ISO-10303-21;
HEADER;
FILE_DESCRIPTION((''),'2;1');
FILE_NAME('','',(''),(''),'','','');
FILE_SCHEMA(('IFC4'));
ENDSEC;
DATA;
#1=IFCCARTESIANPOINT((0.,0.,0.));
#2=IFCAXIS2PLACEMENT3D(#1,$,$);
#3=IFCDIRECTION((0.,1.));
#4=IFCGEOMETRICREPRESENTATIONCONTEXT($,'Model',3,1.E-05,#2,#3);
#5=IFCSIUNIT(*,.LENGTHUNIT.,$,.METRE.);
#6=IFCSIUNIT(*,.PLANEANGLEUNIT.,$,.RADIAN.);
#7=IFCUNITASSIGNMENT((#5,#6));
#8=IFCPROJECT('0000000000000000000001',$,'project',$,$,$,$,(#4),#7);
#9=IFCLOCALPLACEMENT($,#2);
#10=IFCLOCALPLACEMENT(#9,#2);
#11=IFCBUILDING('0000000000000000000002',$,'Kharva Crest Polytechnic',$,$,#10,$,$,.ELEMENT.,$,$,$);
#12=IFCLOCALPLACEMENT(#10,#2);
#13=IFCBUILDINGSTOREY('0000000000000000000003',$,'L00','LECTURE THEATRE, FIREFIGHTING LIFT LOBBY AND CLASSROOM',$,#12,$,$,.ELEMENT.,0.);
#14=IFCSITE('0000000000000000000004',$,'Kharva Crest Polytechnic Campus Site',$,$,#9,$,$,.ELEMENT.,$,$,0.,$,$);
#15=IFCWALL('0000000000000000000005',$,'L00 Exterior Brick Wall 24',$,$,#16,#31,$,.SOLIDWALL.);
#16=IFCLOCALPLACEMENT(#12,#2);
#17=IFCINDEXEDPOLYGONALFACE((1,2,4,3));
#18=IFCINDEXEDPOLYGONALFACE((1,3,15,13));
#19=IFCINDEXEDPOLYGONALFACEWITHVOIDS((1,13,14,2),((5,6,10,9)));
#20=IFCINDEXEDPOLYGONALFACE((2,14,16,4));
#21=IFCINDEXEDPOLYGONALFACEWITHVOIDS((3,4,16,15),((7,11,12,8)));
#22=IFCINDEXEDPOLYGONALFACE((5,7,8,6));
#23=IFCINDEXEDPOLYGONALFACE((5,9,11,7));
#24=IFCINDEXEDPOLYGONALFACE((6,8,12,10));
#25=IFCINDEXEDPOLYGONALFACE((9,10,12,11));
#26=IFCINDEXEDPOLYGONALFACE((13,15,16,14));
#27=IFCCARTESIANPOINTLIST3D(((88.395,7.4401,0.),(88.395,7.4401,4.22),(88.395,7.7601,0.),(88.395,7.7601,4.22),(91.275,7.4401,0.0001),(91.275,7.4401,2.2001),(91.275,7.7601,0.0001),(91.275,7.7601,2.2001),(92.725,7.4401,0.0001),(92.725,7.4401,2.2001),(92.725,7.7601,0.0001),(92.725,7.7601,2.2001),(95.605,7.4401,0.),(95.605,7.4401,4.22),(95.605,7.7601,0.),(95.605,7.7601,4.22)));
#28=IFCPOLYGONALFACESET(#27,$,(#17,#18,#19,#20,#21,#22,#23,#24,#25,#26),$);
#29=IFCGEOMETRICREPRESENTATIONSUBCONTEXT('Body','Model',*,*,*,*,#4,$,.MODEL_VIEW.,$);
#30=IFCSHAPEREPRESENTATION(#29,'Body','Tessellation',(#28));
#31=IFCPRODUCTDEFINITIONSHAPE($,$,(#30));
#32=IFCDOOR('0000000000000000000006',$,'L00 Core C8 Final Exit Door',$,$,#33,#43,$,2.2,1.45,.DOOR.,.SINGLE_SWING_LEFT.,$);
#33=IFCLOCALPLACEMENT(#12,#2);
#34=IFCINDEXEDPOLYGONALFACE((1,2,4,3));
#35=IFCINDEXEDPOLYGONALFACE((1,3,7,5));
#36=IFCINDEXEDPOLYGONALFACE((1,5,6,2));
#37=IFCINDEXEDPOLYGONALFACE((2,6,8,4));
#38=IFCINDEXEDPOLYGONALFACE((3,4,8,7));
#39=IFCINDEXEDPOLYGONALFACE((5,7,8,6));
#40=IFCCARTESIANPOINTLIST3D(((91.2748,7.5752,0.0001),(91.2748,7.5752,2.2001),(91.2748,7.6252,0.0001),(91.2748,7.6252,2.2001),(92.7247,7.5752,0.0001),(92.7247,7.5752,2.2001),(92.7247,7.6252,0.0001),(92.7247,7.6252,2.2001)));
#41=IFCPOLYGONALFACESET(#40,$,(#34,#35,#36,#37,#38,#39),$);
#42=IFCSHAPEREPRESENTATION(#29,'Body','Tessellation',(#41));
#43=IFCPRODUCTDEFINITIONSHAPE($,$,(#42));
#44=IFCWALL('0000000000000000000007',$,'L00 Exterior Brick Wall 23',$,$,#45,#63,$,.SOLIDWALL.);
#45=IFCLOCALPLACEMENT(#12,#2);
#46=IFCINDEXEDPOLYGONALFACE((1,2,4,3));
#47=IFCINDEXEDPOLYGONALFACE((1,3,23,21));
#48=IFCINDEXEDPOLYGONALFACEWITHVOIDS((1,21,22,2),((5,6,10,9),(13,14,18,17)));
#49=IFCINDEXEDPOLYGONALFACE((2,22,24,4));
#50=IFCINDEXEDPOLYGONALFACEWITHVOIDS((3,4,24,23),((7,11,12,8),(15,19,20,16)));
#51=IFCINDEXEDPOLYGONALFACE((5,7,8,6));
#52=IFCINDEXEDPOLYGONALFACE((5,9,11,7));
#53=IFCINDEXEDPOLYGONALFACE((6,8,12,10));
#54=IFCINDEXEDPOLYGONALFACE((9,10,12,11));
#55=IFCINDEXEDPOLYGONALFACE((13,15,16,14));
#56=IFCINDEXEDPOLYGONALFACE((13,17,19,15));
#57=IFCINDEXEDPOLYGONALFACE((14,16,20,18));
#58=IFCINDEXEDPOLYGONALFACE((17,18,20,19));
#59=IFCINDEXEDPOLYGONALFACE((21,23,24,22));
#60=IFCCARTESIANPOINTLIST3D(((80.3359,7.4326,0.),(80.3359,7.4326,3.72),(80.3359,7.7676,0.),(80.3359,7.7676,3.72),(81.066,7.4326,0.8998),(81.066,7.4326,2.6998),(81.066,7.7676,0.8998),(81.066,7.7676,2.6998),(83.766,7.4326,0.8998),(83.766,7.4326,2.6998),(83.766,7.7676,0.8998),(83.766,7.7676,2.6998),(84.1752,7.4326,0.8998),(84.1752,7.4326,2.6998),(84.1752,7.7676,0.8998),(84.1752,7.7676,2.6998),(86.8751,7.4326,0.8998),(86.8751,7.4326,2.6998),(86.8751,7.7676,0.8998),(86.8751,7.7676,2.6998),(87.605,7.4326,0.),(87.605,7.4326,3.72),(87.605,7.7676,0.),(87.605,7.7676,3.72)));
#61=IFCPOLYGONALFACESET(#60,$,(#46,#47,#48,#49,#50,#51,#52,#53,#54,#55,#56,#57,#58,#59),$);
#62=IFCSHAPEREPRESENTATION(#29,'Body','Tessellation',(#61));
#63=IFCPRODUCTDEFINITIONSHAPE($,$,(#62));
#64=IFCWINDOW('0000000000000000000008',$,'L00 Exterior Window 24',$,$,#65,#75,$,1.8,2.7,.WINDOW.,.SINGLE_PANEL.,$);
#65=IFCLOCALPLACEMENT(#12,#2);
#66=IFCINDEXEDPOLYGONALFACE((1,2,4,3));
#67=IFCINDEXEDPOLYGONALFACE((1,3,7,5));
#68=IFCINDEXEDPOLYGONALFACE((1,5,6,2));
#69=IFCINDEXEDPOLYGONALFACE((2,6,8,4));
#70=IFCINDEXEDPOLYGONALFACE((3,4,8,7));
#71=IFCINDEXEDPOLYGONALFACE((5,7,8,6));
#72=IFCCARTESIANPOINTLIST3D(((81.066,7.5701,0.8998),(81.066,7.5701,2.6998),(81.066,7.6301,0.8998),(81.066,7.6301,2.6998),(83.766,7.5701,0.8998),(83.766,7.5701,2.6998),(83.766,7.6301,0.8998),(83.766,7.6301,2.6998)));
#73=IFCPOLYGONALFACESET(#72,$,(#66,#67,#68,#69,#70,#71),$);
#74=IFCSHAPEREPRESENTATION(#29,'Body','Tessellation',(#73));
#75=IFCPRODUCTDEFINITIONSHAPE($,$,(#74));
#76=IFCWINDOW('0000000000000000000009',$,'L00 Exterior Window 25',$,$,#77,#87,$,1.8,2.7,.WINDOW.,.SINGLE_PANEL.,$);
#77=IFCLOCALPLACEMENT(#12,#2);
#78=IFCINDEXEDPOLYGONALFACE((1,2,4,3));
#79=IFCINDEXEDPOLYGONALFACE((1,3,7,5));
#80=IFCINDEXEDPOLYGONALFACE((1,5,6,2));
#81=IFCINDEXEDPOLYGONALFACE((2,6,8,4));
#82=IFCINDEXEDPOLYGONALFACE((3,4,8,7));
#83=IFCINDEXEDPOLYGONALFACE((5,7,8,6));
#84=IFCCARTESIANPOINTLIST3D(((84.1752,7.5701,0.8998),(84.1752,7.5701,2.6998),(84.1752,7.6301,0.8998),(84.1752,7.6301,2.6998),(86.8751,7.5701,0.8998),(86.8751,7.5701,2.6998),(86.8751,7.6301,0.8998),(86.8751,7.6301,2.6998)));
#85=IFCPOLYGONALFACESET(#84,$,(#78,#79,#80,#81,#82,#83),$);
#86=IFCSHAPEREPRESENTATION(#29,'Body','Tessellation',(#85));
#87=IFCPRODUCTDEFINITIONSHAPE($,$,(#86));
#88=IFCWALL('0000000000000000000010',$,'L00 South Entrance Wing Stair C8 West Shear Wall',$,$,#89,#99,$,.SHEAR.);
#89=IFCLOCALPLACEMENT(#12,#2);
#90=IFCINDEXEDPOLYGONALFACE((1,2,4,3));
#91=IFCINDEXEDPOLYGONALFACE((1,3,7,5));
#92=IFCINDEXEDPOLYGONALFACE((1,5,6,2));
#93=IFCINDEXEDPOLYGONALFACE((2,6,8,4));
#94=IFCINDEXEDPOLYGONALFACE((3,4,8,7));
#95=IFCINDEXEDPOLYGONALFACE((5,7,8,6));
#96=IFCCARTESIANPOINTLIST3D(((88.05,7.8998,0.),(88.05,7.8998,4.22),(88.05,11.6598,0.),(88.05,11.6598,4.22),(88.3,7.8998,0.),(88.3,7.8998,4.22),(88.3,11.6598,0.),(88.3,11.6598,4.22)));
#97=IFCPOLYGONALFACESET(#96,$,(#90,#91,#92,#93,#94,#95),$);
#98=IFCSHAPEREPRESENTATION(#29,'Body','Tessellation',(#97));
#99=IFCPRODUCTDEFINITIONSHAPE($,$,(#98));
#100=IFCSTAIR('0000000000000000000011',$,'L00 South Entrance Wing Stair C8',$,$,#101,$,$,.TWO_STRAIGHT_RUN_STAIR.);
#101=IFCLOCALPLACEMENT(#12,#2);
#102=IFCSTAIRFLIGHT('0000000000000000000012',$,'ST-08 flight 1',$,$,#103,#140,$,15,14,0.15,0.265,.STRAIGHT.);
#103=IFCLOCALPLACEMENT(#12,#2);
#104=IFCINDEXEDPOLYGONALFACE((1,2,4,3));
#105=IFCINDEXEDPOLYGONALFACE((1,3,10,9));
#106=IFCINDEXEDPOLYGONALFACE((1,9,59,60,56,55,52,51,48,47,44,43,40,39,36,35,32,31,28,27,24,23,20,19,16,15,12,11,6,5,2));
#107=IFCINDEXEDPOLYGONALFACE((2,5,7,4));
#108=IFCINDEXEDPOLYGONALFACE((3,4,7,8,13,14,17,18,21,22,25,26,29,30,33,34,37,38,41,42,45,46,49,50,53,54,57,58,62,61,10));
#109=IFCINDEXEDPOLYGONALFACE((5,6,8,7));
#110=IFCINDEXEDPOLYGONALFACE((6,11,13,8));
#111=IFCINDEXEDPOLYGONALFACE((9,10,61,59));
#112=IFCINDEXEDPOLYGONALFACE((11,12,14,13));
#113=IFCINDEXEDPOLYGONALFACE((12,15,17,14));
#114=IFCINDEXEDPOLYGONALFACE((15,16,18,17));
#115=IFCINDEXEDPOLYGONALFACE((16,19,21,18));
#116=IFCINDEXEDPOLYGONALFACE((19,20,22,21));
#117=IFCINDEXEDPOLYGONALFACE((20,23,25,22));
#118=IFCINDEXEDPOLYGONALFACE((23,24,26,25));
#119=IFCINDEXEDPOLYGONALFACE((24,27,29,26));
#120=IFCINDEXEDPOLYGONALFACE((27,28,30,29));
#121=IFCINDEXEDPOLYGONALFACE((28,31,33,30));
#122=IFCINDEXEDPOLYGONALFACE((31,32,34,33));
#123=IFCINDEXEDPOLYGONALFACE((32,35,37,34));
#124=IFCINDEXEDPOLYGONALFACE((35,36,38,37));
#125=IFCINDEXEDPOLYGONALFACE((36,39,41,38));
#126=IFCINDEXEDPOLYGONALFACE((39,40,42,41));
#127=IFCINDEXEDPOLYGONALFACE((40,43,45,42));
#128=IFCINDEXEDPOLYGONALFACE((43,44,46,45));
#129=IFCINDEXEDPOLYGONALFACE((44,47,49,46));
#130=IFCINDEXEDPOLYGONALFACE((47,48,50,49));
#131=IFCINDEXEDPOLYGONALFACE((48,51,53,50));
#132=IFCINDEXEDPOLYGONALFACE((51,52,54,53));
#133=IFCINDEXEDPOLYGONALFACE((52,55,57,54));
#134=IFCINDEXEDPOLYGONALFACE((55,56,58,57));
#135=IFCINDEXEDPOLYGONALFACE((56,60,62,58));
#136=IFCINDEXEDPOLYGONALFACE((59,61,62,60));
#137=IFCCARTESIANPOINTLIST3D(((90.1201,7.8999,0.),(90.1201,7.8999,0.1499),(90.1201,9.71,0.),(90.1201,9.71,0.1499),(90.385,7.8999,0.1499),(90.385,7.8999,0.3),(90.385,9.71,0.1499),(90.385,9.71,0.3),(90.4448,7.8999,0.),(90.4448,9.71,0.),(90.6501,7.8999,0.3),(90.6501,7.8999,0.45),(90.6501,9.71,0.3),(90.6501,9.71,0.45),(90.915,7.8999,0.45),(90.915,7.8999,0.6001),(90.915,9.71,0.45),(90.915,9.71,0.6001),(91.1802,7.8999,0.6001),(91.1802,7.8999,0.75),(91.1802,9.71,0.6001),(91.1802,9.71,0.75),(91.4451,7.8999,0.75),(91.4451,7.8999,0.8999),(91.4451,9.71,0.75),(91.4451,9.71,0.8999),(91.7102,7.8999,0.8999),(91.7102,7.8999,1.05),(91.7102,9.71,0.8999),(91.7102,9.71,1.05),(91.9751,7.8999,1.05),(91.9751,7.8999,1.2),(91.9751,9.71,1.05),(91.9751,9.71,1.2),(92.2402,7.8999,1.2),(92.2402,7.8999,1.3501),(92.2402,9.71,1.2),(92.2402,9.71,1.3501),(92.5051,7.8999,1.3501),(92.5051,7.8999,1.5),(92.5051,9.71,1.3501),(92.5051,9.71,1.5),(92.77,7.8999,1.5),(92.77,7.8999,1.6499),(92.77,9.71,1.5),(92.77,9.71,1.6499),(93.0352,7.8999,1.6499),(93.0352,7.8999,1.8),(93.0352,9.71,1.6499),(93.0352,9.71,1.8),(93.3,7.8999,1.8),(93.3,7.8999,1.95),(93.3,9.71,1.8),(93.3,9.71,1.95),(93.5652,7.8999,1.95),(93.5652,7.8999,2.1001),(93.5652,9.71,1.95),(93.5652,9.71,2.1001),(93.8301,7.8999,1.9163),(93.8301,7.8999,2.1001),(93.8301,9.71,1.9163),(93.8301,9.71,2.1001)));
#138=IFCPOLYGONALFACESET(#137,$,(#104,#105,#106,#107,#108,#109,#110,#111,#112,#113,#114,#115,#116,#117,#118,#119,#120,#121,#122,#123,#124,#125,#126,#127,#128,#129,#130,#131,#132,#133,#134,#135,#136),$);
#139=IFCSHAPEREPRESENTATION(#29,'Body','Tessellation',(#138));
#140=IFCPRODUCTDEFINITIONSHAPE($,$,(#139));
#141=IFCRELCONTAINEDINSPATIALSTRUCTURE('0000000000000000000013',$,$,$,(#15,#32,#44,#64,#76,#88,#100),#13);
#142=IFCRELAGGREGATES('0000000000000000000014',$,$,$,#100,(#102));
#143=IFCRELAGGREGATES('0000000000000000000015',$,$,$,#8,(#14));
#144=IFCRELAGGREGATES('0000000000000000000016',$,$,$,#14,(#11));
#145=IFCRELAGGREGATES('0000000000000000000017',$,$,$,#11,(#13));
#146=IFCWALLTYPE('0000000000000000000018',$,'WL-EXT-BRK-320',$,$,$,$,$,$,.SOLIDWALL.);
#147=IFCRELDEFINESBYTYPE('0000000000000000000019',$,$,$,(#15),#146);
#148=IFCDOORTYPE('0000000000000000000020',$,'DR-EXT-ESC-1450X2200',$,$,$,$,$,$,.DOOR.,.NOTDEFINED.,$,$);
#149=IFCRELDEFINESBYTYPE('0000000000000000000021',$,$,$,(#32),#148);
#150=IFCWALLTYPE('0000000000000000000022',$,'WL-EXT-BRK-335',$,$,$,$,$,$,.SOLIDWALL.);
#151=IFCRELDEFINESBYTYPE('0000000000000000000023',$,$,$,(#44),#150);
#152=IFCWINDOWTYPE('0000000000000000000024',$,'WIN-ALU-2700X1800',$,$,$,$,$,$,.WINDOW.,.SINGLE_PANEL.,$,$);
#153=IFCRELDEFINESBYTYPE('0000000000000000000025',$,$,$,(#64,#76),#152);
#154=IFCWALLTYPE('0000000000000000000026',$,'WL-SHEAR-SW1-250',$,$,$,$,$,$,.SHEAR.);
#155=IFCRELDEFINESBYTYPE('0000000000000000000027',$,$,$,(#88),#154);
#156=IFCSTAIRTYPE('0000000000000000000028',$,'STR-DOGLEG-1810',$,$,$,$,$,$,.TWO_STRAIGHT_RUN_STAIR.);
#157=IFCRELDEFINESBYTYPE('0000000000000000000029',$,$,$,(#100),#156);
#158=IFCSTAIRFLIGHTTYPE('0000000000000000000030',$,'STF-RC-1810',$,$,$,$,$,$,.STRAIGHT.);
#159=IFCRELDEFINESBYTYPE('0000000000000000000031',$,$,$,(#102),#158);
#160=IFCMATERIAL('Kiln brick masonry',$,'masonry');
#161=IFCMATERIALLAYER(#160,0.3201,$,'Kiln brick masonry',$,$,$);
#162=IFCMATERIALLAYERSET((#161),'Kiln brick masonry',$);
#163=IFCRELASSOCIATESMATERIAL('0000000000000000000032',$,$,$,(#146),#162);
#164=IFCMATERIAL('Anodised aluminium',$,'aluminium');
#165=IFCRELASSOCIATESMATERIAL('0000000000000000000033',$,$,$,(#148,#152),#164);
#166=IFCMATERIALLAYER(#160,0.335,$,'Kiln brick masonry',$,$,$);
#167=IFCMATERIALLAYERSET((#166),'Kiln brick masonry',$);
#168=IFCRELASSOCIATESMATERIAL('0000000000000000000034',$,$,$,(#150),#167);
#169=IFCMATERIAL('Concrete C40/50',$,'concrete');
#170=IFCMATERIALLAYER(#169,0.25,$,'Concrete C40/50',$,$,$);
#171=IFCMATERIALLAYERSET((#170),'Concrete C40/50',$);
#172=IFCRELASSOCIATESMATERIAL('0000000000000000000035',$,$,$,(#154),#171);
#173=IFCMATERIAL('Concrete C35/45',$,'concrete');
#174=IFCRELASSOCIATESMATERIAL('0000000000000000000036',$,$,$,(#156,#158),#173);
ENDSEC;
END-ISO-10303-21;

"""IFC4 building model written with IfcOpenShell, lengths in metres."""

from ifc_helpers import new_model, si_unit, direction, frame, frame_2d, origin, place, context, subcontext, project, spatial, polyline, rectangle, outline, extrude, material, layer, layer_set, type_object, element, fill, aggregate, save


model = new_model("IFC4")

# Units and contexts
model_context = context("Model", 3, precision=1e-05, world=origin(), true_north=direction((0.0, 1.0)))
body_context = subcontext(model_context, "Body", "Model", "MODEL_VIEW")
ifc_project = project(units=[si_unit("LENGTHUNIT", "METRE"), si_unit("PLANEANGLEUNIT", "RADIAN")], contexts=[model_context])

# Site, building, storey
site_placement = place(None, origin())
site = spatial("IfcSite", under=ifc_project, at=site_placement, Name="Kharva Crest Polytechnic Campus Site", CompositionType="ELEMENT", RefElevation=0.0)
building_placement = place(site_placement, origin())
building = spatial("IfcBuilding", under=site, at=building_placement, Name="Kharva Crest Polytechnic", CompositionType="ELEMENT")
storey_placement = place(building_placement, origin())
storey = spatial("IfcBuildingStorey", under=building, at=storey_placement, Name="L00", Description="LECTURE THEATRE, FIREFIGHTING LIFT LOBBY AND CLASSROOM", CompositionType="ELEMENT", Elevation=0.0)

# Shared definitions
ifc_material_1 = material(Name="Concrete C35/45", Category="concrete")

# Shared definitions
ifc_material_2 = material(Name="Concrete C40/50", Category="concrete")

# Wall, opening, door
ifc_material_3 = material(Name="Kiln brick masonry", Category="masonry")
ifc_layer_1 = layer(ifc_material_3, 0.3201, Name="Kiln brick masonry")
ifc_layer_set_1 = layer_set([ifc_layer_1], Name="Kiln brick masonry")
wall_type_1 = type_object("IfcWallType", Name="WL-EXT-BRK-320", PredefinedType="SOLIDWALL", material=ifc_layer_set_1)
wall_1_placement = place(storey_placement, frame((88.395, 7.6001, 0.0), z_axis=(0.0, 0.0, 1.0), x_axis=(1.0, 0.0, 0.0)))
wall_1 = element("IfcWall", 1, at=wall_1_placement, inside=storey, type_object=wall_type_1, Name="L00 Exterior Brick Wall 24", PredefinedType="SOLIDWALL", context=body_context, shape_type="SweptSolid", body=[
    extrude(rectangle(XDim=7.21, YDim=0.3201, at=frame_2d((3.605, 0.0))), origin(), (0.0, 0.0, 1.0), 4.22),
])
opening_1_placement = place(wall_1_placement, frame((2.8799, 0.0, 0.0)))
opening_1 = element("IfcOpeningElement", 2, at=opening_1_placement, cuts=wall_1, PredefinedType="OPENING", context=body_context, shape_type="SweptSolid", body=[
    extrude(rectangle(XDim=1.45, YDim=2.2, at=frame_2d((0.7251, 1.1001))), frame((0.0, 0.1699, 0.0), z_axis=(0.0, -1.0, 0.0), x_axis=(1.0, 0.0, 0.0)), (0.0, 0.0, 1.0), 0.3401),
])
ifc_material_4 = material(Name="Anodised aluminium", Category="aluminium")
door_type = type_object("IfcDoorType", Name="DR-EXT-ESC-1450X2200", OperationType="NOTDEFINED", PredefinedType="DOOR", material=ifc_material_4)
door_placement = place(opening_1_placement, frame((1.45, 0.0, 0.0), z_axis=(0.0, 0.0, 1.0), x_axis=(-1.0, 0.0, 0.0)))
door = element("IfcDoor", 3, at=door_placement, inside=storey, type_object=door_type, Name="L00 Core C8 Final Exit Door", OperationType="SINGLE_SWING_LEFT", OverallHeight=2.2, OverallWidth=1.45, PredefinedType="DOOR", context=body_context, shape_type="SweptSolid", body=[
    extrude(rectangle(XDim=1.45, YDim=2.2, at=frame_2d((0.7251, 1.1001))), frame((0.0, 0.0249, 0.0), z_axis=(0.0, -1.0, 0.0), x_axis=(1.0, 0.0, 0.0)), (0.0, 0.0, 1.0), 0.05),
])
fill(opening_1, door)

# Wall, openings, windows
ifc_layer_2 = layer(ifc_material_3, 0.335, Name="Kiln brick masonry")
ifc_layer_set_2 = layer_set([ifc_layer_2], Name="Kiln brick masonry")
wall_type_2 = type_object("IfcWallType", Name="WL-EXT-BRK-335", PredefinedType="SOLIDWALL", material=ifc_layer_set_2)
wall_2_placement = place(storey_placement, frame((80.3359, 7.6001, 0.0), z_axis=(0.0, 0.0, 1.0), x_axis=(1.0, 0.0, 0.0)))
wall_2 = element("IfcWall", 4, at=wall_2_placement, inside=storey, type_object=wall_type_2, Name="L00 Exterior Brick Wall 23", PredefinedType="SOLIDWALL", context=body_context, shape_type="SweptSolid", body=[
    extrude(rectangle(XDim=7.269, YDim=0.335, at=frame_2d((3.6345, 0.0))), origin(), (0.0, 0.0, 1.0), 3.72),
])
opening_2_placement = place(wall_2_placement, frame((0.73, 0.0, 0.8999)))
opening_2 = element("IfcOpeningElement", 5, at=opening_2_placement, cuts=wall_2, PredefinedType="OPENING", context=body_context, shape_type="SweptSolid", body=[
    extrude(rectangle(XDim=2.7, YDim=1.8, at=frame_2d((1.3501, 0.8999))), frame((0.0, 0.1775, 0.0), z_axis=(0.0, -1.0, 0.0), x_axis=(1.0, 0.0, 0.0)), (0.0, 0.0, 1.0), 0.355),
])
opening_3_placement = place(wall_2_placement, frame((3.8391, 0.0, 0.8999)))
opening_3 = element("IfcOpeningElement", 6, at=opening_3_placement, cuts=wall_2, PredefinedType="OPENING", context=body_context, shape_type="SweptSolid", body=[
    extrude(rectangle(XDim=2.7, YDim=1.8, at=frame_2d((1.3501, 0.8999))), frame((0.0, 0.1775, 0.0), z_axis=(0.0, -1.0, 0.0), x_axis=(1.0, 0.0, 0.0)), (0.0, 0.0, 1.0), 0.355),
])
window_type = type_object("IfcWindowType", Name="WIN-ALU-2700X1800", PartitioningType="SINGLE_PANEL", PredefinedType="WINDOW", material=ifc_material_4)
window_1_placement = place(opening_2_placement, origin())
window_1 = element("IfcWindow", 7, at=window_1_placement, inside=storey, type_object=window_type, Name="L00 Exterior Window 24", OverallHeight=1.8, OverallWidth=2.7, PartitioningType="SINGLE_PANEL", PredefinedType="WINDOW", context=body_context, shape_type="SweptSolid", body=[
    extrude(rectangle(XDim=2.7, YDim=1.8, at=frame_2d((1.3501, 0.8999))), frame((0.0, 0.03, 0.0), z_axis=(0.0, -1.0, 0.0), x_axis=(1.0, 0.0, 0.0)), (0.0, 0.0, 1.0), 0.0601),
])
fill(opening_2, window_1)
window_2_placement = place(opening_3_placement, origin())
window_2 = element("IfcWindow", 8, at=window_2_placement, inside=storey, type_object=window_type, Name="L00 Exterior Window 25", OverallHeight=1.8, OverallWidth=2.7, PartitioningType="SINGLE_PANEL", PredefinedType="WINDOW", context=body_context, shape_type="SweptSolid", body=[
    extrude(rectangle(XDim=2.7, YDim=1.8, at=frame_2d((1.3501, 0.8999))), frame((0.0, 0.03, 0.0), z_axis=(0.0, -1.0, 0.0), x_axis=(1.0, 0.0, 0.0)), (0.0, 0.0, 1.0), 0.0601),
])
fill(opening_3, window_2)

# Wall
ifc_layer_3 = layer(ifc_material_2, 0.25, Name="Concrete C40/50")
ifc_layer_set_3 = layer_set([ifc_layer_3], Name="Concrete C40/50")
wall_type_3 = type_object("IfcWallType", Name="WL-SHEAR-SW1-250", PredefinedType="SHEAR", material=ifc_layer_set_3)
wall_3_placement = place(storey_placement, frame((88.175, 7.8999, 0.0), z_axis=(0.0, 0.0, 1.0), x_axis=(0.0, 1.0, 0.0)))
element("IfcWall", 9, at=wall_3_placement, inside=storey, type_object=wall_type_3, Name="L00 South Entrance Wing Stair C8 West Shear Wall", PredefinedType="SHEAR", context=body_context, shape_type="SweptSolid", body=[
    extrude(rectangle(XDim=3.76, YDim=0.25, at=frame_2d((1.8799, 0.0))), origin(), (0.0, 0.0, 1.0), 4.22),
])

# Stair, stair flight
stair_type = type_object("IfcStairType", Name="STR-DOGLEG-1810", PredefinedType="TWO_STRAIGHT_RUN_STAIR", material=ifc_material_1)
stair_placement = place(storey_placement, origin())
stair = element("IfcStair", 10, at=stair_placement, inside=storey, type_object=stair_type, Name="L00 South Entrance Wing Stair C8", PredefinedType="TWO_STRAIGHT_RUN_STAIR")
stair_flight_type = type_object("IfcStairFlightType", Name="STF-RC-1810", PredefinedType="STRAIGHT", material=ifc_material_1)
stair_flight_placement = place(storey_placement, frame((90.1201, 8.8049, 0.0), z_axis=(0.0, 0.0, 1.0), x_axis=(1.0, 0.0, 0.0)))
stair_flight = element("IfcStairFlight", 11, at=stair_flight_placement, type_object=stair_flight_type, Name="ST-08 flight 1", NumberOfRisers=15, NumberOfTreads=14, PredefinedType="STRAIGHT", RiserHeight=0.15, TreadLength=0.265, context=body_context, shape_type="SweptSolid", body=[
    extrude(outline(polyline([(0.0, 0.0), (0.0, 0.1499), (0.2649, 0.1499), (0.2649, 0.3), (0.53, 0.3), (0.53, 0.45), (0.7949, 0.45), (0.7949, 0.6001), (1.0601, 0.6001), (1.0601, 0.75), (1.325, 0.75), (1.325, 0.8999), (1.5901, 0.8999), (1.5901, 1.05), (1.855, 1.05), (1.855, 1.2), (2.1201, 1.2), (2.1201, 1.3501), (2.385, 1.3501), (2.385, 1.5), (2.6499, 1.5), (2.6499, 1.6499), (2.915, 1.6499), (2.915, 1.8), (3.1799, 1.8), (3.1799, 1.95), (3.4451, 1.95), (3.4451, 2.1001), (3.71, 2.1001), (3.71, 2.25), (3.71, 1.9163), (0.3247, 0.0), (0.0, 0.0)])), frame((0.0, 0.905, 0.0), z_axis=(0.0, -1.0, 0.0), x_axis=(1.0, 0.0, 0.0)), (0.0, 0.0, 1.0), 1.8101),
])
aggregate(stair, [stair_flight])

save(model, "model.ifc")
